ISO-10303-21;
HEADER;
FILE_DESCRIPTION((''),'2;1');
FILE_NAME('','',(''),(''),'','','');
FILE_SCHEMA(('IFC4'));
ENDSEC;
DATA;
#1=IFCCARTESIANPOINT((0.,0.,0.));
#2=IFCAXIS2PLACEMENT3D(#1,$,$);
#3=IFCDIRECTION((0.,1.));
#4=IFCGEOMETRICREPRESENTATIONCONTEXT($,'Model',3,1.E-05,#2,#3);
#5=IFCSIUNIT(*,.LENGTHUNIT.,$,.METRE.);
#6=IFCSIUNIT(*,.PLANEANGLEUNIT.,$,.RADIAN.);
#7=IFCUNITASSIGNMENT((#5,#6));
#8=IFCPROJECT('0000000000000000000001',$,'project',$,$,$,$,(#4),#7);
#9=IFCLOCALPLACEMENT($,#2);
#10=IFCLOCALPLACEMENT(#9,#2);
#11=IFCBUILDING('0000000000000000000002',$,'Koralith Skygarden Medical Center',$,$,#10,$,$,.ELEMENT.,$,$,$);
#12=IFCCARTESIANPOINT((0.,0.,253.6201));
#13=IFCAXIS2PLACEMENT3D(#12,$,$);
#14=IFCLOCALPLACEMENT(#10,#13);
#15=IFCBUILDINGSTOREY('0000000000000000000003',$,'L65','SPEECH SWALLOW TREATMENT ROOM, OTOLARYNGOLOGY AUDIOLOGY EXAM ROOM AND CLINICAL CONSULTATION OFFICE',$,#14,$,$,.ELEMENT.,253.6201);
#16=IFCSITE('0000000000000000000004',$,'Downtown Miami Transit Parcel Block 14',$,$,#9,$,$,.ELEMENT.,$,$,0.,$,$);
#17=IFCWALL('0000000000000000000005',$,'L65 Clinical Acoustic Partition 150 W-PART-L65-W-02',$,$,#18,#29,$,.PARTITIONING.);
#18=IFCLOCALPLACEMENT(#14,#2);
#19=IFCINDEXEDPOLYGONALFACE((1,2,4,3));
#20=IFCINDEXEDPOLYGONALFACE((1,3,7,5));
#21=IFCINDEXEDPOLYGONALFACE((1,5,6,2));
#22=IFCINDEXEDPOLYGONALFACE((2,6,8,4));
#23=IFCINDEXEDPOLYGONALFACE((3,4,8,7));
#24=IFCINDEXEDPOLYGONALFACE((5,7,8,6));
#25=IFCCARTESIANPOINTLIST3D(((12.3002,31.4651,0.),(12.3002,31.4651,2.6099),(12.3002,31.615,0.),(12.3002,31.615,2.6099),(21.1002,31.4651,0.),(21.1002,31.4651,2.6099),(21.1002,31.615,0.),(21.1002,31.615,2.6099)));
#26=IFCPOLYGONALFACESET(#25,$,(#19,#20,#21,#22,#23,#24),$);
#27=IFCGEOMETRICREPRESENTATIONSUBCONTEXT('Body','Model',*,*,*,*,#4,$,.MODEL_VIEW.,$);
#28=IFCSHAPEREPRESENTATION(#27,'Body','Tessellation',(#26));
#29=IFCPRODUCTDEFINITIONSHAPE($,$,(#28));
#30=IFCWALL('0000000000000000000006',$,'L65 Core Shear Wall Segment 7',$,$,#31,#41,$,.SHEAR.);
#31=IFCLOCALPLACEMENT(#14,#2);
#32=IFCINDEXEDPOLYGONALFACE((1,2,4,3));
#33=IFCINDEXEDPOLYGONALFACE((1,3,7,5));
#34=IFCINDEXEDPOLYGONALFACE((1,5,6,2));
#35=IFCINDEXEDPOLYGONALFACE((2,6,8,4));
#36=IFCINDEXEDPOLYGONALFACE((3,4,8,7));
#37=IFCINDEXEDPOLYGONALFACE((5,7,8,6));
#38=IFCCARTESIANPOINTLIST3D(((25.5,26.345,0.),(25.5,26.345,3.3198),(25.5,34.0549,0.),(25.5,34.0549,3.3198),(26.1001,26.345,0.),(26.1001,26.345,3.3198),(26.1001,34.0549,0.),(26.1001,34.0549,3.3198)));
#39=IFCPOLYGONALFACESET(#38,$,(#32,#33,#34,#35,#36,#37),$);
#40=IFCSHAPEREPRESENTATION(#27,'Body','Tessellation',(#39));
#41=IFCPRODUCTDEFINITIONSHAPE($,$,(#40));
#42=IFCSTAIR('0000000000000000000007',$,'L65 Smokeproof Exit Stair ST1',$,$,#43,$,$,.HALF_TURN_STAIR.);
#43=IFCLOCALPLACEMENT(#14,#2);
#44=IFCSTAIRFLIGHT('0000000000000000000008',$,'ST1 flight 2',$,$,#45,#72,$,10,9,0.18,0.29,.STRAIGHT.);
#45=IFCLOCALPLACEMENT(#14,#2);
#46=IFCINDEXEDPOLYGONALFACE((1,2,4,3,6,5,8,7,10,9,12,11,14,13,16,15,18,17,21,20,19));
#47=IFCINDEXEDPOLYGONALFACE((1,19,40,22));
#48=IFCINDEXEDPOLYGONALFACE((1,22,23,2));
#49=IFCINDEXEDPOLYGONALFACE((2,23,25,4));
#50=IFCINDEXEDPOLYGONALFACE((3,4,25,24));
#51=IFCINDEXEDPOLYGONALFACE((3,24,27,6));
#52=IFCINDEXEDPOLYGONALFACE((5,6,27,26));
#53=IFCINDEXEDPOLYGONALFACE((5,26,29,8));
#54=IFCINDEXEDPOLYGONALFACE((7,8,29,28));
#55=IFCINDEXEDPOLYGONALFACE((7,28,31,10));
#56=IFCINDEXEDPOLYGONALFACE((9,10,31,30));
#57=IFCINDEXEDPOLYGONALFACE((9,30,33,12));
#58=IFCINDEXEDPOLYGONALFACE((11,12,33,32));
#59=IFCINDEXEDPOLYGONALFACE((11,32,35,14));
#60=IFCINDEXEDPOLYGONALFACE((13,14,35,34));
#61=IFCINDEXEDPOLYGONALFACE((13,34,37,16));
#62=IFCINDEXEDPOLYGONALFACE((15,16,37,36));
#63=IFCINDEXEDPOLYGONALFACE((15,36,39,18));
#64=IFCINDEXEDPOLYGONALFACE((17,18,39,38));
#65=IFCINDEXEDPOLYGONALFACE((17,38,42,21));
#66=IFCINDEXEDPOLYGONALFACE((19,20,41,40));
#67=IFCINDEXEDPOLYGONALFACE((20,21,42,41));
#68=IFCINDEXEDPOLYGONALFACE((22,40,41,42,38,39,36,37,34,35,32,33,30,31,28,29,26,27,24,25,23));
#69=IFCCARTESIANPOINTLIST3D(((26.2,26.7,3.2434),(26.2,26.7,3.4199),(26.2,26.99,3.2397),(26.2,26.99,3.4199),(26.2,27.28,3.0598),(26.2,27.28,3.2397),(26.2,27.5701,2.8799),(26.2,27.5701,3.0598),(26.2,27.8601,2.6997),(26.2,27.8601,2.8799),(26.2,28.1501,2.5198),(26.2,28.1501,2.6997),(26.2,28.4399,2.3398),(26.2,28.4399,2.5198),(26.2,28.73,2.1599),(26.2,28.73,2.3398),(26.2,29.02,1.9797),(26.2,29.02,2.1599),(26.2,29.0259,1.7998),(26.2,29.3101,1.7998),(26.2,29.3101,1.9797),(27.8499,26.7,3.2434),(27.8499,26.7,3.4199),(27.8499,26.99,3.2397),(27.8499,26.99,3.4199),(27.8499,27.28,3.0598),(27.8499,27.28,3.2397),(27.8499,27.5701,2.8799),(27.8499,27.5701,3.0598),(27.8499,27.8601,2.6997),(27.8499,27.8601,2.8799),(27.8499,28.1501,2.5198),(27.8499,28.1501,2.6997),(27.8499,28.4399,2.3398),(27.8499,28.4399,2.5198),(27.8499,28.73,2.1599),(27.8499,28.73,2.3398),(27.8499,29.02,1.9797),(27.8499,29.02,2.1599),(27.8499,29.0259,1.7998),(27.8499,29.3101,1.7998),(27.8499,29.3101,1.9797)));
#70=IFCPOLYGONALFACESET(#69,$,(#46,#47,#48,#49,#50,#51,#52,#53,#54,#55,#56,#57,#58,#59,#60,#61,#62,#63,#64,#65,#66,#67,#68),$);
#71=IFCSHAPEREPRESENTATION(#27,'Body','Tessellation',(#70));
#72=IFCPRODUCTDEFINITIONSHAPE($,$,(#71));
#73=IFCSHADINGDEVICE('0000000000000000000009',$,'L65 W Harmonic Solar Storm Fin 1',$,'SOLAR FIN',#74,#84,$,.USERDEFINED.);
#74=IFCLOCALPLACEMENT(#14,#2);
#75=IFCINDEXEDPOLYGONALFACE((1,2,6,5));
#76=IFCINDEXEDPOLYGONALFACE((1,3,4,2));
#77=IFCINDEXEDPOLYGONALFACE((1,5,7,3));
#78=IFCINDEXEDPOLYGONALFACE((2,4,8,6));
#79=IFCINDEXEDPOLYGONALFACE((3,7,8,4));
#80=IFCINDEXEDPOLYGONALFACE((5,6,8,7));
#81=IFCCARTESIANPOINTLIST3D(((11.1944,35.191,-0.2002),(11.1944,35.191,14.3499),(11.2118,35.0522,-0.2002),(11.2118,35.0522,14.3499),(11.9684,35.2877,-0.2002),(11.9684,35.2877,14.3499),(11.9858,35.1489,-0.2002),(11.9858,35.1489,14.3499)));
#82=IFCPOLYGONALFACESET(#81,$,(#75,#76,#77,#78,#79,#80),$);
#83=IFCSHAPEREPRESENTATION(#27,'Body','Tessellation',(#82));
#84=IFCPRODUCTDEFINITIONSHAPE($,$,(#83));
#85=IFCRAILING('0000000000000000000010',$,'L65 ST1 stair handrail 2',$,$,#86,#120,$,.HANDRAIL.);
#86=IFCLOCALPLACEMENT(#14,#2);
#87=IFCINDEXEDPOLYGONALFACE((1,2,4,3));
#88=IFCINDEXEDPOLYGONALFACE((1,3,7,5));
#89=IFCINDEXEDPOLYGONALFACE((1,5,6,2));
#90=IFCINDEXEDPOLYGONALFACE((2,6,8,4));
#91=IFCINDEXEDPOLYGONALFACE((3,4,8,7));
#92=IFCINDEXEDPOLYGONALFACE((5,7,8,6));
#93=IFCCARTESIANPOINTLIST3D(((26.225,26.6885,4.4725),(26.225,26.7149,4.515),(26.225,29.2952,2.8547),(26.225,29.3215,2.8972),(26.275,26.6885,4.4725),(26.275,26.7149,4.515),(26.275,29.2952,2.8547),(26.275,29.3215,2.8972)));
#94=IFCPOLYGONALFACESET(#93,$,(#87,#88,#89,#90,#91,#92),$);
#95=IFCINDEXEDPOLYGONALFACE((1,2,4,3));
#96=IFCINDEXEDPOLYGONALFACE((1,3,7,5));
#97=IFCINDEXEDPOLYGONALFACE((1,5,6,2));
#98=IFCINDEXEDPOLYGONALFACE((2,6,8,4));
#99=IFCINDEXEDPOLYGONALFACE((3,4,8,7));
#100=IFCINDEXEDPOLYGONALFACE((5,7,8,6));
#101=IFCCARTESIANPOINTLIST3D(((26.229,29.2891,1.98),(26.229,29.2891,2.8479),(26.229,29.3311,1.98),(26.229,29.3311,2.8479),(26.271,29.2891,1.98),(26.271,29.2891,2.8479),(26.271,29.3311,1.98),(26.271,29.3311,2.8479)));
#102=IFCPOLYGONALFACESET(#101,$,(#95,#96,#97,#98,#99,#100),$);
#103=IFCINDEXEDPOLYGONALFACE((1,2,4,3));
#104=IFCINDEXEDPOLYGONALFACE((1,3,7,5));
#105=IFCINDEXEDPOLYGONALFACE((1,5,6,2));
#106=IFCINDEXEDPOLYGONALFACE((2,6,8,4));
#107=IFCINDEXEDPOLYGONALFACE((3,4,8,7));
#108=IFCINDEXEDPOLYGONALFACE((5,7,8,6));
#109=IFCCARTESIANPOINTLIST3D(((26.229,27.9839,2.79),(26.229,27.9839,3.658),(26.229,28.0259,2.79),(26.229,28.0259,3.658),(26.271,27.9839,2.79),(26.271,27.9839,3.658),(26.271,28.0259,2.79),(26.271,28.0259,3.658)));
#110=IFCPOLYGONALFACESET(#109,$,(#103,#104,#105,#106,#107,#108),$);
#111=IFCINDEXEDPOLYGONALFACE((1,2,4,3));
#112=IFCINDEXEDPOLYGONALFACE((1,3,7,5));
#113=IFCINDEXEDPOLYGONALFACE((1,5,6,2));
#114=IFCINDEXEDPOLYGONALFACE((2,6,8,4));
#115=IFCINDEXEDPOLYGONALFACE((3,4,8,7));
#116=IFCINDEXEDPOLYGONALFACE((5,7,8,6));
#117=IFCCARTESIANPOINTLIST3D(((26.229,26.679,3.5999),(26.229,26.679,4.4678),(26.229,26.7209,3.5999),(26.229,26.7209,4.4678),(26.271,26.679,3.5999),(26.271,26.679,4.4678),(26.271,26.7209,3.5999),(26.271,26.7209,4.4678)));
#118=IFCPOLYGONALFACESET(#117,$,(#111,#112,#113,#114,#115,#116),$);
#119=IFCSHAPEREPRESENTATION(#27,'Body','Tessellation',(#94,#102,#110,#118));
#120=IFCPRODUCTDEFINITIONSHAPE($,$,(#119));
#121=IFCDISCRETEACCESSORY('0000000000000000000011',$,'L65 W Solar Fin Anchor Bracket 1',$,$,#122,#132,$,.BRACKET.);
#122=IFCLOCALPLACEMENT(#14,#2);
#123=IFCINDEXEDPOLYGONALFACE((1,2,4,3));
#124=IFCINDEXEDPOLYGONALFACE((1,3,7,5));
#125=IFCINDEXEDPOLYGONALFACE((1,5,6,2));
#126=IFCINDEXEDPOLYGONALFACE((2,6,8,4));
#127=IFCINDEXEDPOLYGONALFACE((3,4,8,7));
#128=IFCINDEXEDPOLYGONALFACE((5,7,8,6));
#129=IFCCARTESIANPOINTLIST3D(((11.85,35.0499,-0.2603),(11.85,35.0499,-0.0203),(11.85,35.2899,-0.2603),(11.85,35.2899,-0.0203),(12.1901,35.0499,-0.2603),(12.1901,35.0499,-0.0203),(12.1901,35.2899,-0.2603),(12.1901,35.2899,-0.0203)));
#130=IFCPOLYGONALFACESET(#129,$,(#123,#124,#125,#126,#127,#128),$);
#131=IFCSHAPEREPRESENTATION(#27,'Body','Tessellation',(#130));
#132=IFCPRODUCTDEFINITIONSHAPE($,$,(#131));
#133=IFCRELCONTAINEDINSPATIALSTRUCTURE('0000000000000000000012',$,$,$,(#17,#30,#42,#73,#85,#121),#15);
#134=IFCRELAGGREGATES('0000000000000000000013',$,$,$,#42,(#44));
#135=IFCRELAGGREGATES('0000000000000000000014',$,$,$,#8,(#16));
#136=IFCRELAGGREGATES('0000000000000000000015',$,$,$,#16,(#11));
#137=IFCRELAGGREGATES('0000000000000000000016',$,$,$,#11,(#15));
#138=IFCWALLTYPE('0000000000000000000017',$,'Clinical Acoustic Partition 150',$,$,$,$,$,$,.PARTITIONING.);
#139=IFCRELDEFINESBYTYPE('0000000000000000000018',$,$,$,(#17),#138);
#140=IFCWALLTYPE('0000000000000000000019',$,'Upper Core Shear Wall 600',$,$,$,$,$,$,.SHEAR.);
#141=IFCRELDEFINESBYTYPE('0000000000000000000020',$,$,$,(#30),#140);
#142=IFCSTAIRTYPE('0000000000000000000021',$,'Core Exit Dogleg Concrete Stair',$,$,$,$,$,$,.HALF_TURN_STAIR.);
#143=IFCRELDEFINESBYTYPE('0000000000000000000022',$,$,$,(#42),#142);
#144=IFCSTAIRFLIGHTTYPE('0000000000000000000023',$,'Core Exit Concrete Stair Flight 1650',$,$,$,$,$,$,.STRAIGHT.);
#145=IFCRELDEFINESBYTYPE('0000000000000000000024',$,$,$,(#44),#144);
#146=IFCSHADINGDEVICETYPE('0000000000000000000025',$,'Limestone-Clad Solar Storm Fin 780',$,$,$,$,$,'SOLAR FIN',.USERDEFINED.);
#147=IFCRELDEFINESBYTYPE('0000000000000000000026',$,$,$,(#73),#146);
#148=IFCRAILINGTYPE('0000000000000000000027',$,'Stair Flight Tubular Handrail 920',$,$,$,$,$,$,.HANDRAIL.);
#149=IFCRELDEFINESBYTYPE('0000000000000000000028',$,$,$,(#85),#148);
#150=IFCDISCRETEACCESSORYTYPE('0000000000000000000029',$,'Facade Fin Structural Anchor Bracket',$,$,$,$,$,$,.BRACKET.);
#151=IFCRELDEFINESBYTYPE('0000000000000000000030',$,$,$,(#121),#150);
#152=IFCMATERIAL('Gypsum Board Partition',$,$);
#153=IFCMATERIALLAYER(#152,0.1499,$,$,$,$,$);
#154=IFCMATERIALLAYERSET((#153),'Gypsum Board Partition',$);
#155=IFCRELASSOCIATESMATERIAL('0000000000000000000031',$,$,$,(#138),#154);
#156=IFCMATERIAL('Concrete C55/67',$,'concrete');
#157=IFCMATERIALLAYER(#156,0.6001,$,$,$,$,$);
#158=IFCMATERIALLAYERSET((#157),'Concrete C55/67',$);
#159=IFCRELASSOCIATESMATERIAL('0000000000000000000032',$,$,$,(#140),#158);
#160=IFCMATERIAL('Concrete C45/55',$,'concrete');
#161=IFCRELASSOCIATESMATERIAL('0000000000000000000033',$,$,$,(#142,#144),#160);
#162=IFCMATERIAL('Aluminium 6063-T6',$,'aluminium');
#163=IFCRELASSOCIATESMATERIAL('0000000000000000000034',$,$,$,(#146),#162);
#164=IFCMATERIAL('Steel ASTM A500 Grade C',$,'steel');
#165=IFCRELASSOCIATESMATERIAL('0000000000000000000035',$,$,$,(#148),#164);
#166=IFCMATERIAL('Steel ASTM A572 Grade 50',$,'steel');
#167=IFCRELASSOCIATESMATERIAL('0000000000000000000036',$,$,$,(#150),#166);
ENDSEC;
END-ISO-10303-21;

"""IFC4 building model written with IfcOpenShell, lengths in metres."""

from ifc_helpers import new_model, si_unit, direction, frame, frame_2d, origin, origin_2d, place, context, subcontext, project, spatial, polyline, rectangle, outline, extrude, material, layer, layer_set, type_object, element, aggregate, save


model = new_model("IFC4")

# Units and contexts
model_context = context("Model", 3, precision=1e-05, world=origin(), true_north=direction((0.0, 1.0)))
body_context = subcontext(model_context, "Body", "Model", "MODEL_VIEW")
ifc_project = project(units=[si_unit("LENGTHUNIT", "METRE"), si_unit("PLANEANGLEUNIT", "RADIAN")], contexts=[model_context])

# Site, building, storey
site_placement = place(None, origin())
site = spatial("IfcSite", under=ifc_project, at=site_placement, Name="Downtown Miami Transit Parcel Block 14", CompositionType="ELEMENT", RefElevation=0.0)
building_placement = place(site_placement, origin())
building = spatial("IfcBuilding", under=site, at=building_placement, Name="Koralith Skygarden Medical Center", CompositionType="ELEMENT")
storey_placement = place(building_placement, frame((0.0, 0.0, 253.6201)))
storey = spatial("IfcBuildingStorey", under=building, at=storey_placement, Name="L65", Description="SPEECH SWALLOW TREATMENT ROOM, OTOLARYNGOLOGY AUDIOLOGY EXAM ROOM AND CLINICAL CONSULTATION OFFICE", CompositionType="ELEMENT", Elevation=253.6201)

# Shared definitions
ifc_material_1 = material(Name="Concrete C55/67", Category="concrete")

# Shared definitions
ifc_material_2 = material(Name="Aluminium 6063-T6", Category="aluminium")

# Shared definitions
ifc_material_3 = material(Name="Concrete C45/55", Category="concrete")

# Wall
ifc_material_4 = material(Name="Gypsum Board Partition")
ifc_layer_1 = layer(ifc_material_4, 0.1499)
ifc_layer_set_1 = layer_set([ifc_layer_1], Name="Gypsum Board Partition")
wall_type_1 = type_object("IfcWallType", Name="Clinical Acoustic Partition 150", PredefinedType="PARTITIONING", material=ifc_layer_set_1)
wall_1_placement = place(storey_placement, frame((21.1001, 31.54, 0.0), z_axis=(0.0, 0.0, 1.0), x_axis=(-1.0, 0.0, 0.0)))
element("IfcWall", 1, at=wall_1_placement, inside=storey, type_object=wall_type_1, Name="L65 Clinical Acoustic Partition 150 W-PART-L65-W-02", PredefinedType="PARTITIONING", context=body_context, shape_type="SweptSolid", body=[
    extrude(rectangle(XDim=8.8, YDim=0.1499, at=frame_2d((4.3999, 0.0))), origin(), (0.0, 0.0, 1.0), 2.6099),
])

# Wall
ifc_layer_2 = layer(ifc_material_1, 0.6001)
ifc_layer_set_2 = layer_set([ifc_layer_2], Name="Concrete C55/67")
wall_type_2 = type_object("IfcWallType", Name="Upper Core Shear Wall 600", PredefinedType="SHEAR", material=ifc_layer_set_2)
wall_2_placement = place(storey_placement, frame((25.8, 34.0549, 0.0), z_axis=(0.0, 0.0, 1.0), x_axis=(0.0, -1.0, 0.0)))
element("IfcWall", 2, at=wall_2_placement, inside=storey, type_object=wall_type_2, Name="L65 Core Shear Wall Segment 7", PredefinedType="SHEAR", context=body_context, shape_type="SweptSolid", body=[
    extrude(rectangle(XDim=7.71, YDim=0.6001, at=frame_2d((3.855, 0.0))), origin(), (0.0, 0.0, 1.0), 3.3198),
])

# Stair, stair flight
stair_type = type_object("IfcStairType", Name="Core Exit Dogleg Concrete Stair", PredefinedType="HALF_TURN_STAIR", material=ifc_material_3)
stair_placement = place(storey_placement, origin())
stair = element("IfcStair", 3, at=stair_placement, inside=storey, type_object=stair_type, Name="L65 Smokeproof Exit Stair ST1", PredefinedType="HALF_TURN_STAIR")
stair_flight_type = type_object("IfcStairFlightType", Name="Core Exit Concrete Stair Flight 1650", PredefinedType="STRAIGHT", material=ifc_material_3)
stair_flight_placement = place(storey_placement, frame((27.0249, 29.3101, 1.7998), z_axis=(0.0, 0.0, 1.0), x_axis=(0.0, -1.0, 0.0)))
stair_flight = element("IfcStairFlight", 4, at=stair_flight_placement, type_object=stair_flight_type, Name="ST1 flight 2", NumberOfRisers=10, NumberOfTreads=9, PredefinedType="STRAIGHT", RiserHeight=0.18, TreadLength=0.29, context=body_context, shape_type="SweptSolid", body=[
    extrude(outline(polyline([(0.0, 0.0), (0.0, 0.1799), (0.29, 0.1799), (0.29, 0.3601), (0.5801, 0.3601), (0.5801, 0.54), (0.8701, 0.54), (0.8701, 0.72), (1.1599, 0.72), (1.1599, 0.8999), (1.45, 0.8999), (1.45, 1.0801), (1.74, 1.0801), (1.74, 1.26), (2.03, 1.26), (2.03, 1.4399), (2.3201, 1.4399), (2.3201, 1.6201), (2.6101, 1.6201), (2.6101, 1.8), (2.6101, 1.4436), (0.2842, 0.0), (0.0, 0.0)])), frame((0.0, 0.825, 0.0), z_axis=(0.0, -1.0, 0.0), x_axis=(1.0, 0.0, 0.0)), (0.0, 0.0, 1.0), 1.6499),
])
aggregate(stair, [stair_flight])

# Shading device
shading_device_type = type_object("IfcShadingDeviceType", Name="Limestone-Clad Solar Storm Fin 780", ElementType="SOLAR FIN", PredefinedType="USERDEFINED", material=ifc_material_2)
shading_device_placement = place(storey_placement, frame((11.5901, 35.1699, -0.2002), z_axis=(0.0, 0.0, 1.0), x_axis=(-0.992282, -0.124, 0.0)))
element("IfcShadingDevice", 5, at=shading_device_placement, inside=storey, type_object=shading_device_type, Name="L65 W Harmonic Solar Storm Fin 1", ObjectType="SOLAR FIN", PredefinedType="USERDEFINED", context=body_context, shape_type="SweptSolid", body=[
    extrude(rectangle(XDim=0.78, YDim=0.1399, at=origin_2d()), origin(), (0.0, 0.0, 1.0), 14.55),
])

# Railing
ifc_material_5 = material(Name="Steel ASTM A500 Grade C", Category="steel")
railing_type = type_object("IfcRailingType", Name="Stair Flight Tubular Handrail 920", PredefinedType="HANDRAIL", material=ifc_material_5)
railing_placement = place(storey_placement, frame((26.25, 29.3101, 1.98)))
element("IfcRailing", 6, at=railing_placement, inside=storey, type_object=railing_type, Name="L65 ST1 stair handrail 2", PredefinedType="HANDRAIL", context=body_context, shape_type="SweptSolid", body=[
    extrude(rectangle(XDim=0.05, YDim=0.05, at=origin_2d()), frame((0.0, -0.0017, 0.896), z_axis=(0.0, -0.849668, 0.527317), x_axis=(1.0, 0.0, 0.0)), (0.0, 0.0, 1.0), 3.0679),
    extrude(rectangle(XDim=0.042, YDim=0.042, at=origin_2d()), origin(), (0.0, 0.0, 1.0), 0.8679),
    extrude(rectangle(XDim=0.042, YDim=0.042, at=origin_2d()), frame((0.0, -1.3052, 0.8101)), (0.0, 0.0, 1.0), 0.8679),
    extrude(rectangle(XDim=0.042, YDim=0.042, at=origin_2d()), frame((0.0, -2.6101, 1.6199)), (0.0, 0.0, 1.0), 0.8679),
])

# Discrete accessory
ifc_material_6 = material(Name="Steel ASTM A572 Grade 50", Category="steel")
discrete_accessory_type = type_object("IfcDiscreteAccessoryType", Name="Facade Fin Structural Anchor Bracket", PredefinedType="BRACKET", material=ifc_material_6)
discrete_accessory_placement = place(storey_placement, frame((12.02, 35.1699, -0.2603), z_axis=(0.0, 0.0, 1.0), x_axis=(-1.0, 0.0, 0.0)))
element("IfcDiscreteAccessory", 7, at=discrete_accessory_placement, inside=storey, type_object=discrete_accessory_type, Name="L65 W Solar Fin Anchor Bracket 1", PredefinedType="BRACKET", context=body_context, shape_type="SweptSolid", body=[
    extrude(rectangle(XDim=0.3401, YDim=0.24, at=origin_2d()), origin(), (0.0, 0.0, 1.0), 0.24),
])

save(model, "model.ifc")
